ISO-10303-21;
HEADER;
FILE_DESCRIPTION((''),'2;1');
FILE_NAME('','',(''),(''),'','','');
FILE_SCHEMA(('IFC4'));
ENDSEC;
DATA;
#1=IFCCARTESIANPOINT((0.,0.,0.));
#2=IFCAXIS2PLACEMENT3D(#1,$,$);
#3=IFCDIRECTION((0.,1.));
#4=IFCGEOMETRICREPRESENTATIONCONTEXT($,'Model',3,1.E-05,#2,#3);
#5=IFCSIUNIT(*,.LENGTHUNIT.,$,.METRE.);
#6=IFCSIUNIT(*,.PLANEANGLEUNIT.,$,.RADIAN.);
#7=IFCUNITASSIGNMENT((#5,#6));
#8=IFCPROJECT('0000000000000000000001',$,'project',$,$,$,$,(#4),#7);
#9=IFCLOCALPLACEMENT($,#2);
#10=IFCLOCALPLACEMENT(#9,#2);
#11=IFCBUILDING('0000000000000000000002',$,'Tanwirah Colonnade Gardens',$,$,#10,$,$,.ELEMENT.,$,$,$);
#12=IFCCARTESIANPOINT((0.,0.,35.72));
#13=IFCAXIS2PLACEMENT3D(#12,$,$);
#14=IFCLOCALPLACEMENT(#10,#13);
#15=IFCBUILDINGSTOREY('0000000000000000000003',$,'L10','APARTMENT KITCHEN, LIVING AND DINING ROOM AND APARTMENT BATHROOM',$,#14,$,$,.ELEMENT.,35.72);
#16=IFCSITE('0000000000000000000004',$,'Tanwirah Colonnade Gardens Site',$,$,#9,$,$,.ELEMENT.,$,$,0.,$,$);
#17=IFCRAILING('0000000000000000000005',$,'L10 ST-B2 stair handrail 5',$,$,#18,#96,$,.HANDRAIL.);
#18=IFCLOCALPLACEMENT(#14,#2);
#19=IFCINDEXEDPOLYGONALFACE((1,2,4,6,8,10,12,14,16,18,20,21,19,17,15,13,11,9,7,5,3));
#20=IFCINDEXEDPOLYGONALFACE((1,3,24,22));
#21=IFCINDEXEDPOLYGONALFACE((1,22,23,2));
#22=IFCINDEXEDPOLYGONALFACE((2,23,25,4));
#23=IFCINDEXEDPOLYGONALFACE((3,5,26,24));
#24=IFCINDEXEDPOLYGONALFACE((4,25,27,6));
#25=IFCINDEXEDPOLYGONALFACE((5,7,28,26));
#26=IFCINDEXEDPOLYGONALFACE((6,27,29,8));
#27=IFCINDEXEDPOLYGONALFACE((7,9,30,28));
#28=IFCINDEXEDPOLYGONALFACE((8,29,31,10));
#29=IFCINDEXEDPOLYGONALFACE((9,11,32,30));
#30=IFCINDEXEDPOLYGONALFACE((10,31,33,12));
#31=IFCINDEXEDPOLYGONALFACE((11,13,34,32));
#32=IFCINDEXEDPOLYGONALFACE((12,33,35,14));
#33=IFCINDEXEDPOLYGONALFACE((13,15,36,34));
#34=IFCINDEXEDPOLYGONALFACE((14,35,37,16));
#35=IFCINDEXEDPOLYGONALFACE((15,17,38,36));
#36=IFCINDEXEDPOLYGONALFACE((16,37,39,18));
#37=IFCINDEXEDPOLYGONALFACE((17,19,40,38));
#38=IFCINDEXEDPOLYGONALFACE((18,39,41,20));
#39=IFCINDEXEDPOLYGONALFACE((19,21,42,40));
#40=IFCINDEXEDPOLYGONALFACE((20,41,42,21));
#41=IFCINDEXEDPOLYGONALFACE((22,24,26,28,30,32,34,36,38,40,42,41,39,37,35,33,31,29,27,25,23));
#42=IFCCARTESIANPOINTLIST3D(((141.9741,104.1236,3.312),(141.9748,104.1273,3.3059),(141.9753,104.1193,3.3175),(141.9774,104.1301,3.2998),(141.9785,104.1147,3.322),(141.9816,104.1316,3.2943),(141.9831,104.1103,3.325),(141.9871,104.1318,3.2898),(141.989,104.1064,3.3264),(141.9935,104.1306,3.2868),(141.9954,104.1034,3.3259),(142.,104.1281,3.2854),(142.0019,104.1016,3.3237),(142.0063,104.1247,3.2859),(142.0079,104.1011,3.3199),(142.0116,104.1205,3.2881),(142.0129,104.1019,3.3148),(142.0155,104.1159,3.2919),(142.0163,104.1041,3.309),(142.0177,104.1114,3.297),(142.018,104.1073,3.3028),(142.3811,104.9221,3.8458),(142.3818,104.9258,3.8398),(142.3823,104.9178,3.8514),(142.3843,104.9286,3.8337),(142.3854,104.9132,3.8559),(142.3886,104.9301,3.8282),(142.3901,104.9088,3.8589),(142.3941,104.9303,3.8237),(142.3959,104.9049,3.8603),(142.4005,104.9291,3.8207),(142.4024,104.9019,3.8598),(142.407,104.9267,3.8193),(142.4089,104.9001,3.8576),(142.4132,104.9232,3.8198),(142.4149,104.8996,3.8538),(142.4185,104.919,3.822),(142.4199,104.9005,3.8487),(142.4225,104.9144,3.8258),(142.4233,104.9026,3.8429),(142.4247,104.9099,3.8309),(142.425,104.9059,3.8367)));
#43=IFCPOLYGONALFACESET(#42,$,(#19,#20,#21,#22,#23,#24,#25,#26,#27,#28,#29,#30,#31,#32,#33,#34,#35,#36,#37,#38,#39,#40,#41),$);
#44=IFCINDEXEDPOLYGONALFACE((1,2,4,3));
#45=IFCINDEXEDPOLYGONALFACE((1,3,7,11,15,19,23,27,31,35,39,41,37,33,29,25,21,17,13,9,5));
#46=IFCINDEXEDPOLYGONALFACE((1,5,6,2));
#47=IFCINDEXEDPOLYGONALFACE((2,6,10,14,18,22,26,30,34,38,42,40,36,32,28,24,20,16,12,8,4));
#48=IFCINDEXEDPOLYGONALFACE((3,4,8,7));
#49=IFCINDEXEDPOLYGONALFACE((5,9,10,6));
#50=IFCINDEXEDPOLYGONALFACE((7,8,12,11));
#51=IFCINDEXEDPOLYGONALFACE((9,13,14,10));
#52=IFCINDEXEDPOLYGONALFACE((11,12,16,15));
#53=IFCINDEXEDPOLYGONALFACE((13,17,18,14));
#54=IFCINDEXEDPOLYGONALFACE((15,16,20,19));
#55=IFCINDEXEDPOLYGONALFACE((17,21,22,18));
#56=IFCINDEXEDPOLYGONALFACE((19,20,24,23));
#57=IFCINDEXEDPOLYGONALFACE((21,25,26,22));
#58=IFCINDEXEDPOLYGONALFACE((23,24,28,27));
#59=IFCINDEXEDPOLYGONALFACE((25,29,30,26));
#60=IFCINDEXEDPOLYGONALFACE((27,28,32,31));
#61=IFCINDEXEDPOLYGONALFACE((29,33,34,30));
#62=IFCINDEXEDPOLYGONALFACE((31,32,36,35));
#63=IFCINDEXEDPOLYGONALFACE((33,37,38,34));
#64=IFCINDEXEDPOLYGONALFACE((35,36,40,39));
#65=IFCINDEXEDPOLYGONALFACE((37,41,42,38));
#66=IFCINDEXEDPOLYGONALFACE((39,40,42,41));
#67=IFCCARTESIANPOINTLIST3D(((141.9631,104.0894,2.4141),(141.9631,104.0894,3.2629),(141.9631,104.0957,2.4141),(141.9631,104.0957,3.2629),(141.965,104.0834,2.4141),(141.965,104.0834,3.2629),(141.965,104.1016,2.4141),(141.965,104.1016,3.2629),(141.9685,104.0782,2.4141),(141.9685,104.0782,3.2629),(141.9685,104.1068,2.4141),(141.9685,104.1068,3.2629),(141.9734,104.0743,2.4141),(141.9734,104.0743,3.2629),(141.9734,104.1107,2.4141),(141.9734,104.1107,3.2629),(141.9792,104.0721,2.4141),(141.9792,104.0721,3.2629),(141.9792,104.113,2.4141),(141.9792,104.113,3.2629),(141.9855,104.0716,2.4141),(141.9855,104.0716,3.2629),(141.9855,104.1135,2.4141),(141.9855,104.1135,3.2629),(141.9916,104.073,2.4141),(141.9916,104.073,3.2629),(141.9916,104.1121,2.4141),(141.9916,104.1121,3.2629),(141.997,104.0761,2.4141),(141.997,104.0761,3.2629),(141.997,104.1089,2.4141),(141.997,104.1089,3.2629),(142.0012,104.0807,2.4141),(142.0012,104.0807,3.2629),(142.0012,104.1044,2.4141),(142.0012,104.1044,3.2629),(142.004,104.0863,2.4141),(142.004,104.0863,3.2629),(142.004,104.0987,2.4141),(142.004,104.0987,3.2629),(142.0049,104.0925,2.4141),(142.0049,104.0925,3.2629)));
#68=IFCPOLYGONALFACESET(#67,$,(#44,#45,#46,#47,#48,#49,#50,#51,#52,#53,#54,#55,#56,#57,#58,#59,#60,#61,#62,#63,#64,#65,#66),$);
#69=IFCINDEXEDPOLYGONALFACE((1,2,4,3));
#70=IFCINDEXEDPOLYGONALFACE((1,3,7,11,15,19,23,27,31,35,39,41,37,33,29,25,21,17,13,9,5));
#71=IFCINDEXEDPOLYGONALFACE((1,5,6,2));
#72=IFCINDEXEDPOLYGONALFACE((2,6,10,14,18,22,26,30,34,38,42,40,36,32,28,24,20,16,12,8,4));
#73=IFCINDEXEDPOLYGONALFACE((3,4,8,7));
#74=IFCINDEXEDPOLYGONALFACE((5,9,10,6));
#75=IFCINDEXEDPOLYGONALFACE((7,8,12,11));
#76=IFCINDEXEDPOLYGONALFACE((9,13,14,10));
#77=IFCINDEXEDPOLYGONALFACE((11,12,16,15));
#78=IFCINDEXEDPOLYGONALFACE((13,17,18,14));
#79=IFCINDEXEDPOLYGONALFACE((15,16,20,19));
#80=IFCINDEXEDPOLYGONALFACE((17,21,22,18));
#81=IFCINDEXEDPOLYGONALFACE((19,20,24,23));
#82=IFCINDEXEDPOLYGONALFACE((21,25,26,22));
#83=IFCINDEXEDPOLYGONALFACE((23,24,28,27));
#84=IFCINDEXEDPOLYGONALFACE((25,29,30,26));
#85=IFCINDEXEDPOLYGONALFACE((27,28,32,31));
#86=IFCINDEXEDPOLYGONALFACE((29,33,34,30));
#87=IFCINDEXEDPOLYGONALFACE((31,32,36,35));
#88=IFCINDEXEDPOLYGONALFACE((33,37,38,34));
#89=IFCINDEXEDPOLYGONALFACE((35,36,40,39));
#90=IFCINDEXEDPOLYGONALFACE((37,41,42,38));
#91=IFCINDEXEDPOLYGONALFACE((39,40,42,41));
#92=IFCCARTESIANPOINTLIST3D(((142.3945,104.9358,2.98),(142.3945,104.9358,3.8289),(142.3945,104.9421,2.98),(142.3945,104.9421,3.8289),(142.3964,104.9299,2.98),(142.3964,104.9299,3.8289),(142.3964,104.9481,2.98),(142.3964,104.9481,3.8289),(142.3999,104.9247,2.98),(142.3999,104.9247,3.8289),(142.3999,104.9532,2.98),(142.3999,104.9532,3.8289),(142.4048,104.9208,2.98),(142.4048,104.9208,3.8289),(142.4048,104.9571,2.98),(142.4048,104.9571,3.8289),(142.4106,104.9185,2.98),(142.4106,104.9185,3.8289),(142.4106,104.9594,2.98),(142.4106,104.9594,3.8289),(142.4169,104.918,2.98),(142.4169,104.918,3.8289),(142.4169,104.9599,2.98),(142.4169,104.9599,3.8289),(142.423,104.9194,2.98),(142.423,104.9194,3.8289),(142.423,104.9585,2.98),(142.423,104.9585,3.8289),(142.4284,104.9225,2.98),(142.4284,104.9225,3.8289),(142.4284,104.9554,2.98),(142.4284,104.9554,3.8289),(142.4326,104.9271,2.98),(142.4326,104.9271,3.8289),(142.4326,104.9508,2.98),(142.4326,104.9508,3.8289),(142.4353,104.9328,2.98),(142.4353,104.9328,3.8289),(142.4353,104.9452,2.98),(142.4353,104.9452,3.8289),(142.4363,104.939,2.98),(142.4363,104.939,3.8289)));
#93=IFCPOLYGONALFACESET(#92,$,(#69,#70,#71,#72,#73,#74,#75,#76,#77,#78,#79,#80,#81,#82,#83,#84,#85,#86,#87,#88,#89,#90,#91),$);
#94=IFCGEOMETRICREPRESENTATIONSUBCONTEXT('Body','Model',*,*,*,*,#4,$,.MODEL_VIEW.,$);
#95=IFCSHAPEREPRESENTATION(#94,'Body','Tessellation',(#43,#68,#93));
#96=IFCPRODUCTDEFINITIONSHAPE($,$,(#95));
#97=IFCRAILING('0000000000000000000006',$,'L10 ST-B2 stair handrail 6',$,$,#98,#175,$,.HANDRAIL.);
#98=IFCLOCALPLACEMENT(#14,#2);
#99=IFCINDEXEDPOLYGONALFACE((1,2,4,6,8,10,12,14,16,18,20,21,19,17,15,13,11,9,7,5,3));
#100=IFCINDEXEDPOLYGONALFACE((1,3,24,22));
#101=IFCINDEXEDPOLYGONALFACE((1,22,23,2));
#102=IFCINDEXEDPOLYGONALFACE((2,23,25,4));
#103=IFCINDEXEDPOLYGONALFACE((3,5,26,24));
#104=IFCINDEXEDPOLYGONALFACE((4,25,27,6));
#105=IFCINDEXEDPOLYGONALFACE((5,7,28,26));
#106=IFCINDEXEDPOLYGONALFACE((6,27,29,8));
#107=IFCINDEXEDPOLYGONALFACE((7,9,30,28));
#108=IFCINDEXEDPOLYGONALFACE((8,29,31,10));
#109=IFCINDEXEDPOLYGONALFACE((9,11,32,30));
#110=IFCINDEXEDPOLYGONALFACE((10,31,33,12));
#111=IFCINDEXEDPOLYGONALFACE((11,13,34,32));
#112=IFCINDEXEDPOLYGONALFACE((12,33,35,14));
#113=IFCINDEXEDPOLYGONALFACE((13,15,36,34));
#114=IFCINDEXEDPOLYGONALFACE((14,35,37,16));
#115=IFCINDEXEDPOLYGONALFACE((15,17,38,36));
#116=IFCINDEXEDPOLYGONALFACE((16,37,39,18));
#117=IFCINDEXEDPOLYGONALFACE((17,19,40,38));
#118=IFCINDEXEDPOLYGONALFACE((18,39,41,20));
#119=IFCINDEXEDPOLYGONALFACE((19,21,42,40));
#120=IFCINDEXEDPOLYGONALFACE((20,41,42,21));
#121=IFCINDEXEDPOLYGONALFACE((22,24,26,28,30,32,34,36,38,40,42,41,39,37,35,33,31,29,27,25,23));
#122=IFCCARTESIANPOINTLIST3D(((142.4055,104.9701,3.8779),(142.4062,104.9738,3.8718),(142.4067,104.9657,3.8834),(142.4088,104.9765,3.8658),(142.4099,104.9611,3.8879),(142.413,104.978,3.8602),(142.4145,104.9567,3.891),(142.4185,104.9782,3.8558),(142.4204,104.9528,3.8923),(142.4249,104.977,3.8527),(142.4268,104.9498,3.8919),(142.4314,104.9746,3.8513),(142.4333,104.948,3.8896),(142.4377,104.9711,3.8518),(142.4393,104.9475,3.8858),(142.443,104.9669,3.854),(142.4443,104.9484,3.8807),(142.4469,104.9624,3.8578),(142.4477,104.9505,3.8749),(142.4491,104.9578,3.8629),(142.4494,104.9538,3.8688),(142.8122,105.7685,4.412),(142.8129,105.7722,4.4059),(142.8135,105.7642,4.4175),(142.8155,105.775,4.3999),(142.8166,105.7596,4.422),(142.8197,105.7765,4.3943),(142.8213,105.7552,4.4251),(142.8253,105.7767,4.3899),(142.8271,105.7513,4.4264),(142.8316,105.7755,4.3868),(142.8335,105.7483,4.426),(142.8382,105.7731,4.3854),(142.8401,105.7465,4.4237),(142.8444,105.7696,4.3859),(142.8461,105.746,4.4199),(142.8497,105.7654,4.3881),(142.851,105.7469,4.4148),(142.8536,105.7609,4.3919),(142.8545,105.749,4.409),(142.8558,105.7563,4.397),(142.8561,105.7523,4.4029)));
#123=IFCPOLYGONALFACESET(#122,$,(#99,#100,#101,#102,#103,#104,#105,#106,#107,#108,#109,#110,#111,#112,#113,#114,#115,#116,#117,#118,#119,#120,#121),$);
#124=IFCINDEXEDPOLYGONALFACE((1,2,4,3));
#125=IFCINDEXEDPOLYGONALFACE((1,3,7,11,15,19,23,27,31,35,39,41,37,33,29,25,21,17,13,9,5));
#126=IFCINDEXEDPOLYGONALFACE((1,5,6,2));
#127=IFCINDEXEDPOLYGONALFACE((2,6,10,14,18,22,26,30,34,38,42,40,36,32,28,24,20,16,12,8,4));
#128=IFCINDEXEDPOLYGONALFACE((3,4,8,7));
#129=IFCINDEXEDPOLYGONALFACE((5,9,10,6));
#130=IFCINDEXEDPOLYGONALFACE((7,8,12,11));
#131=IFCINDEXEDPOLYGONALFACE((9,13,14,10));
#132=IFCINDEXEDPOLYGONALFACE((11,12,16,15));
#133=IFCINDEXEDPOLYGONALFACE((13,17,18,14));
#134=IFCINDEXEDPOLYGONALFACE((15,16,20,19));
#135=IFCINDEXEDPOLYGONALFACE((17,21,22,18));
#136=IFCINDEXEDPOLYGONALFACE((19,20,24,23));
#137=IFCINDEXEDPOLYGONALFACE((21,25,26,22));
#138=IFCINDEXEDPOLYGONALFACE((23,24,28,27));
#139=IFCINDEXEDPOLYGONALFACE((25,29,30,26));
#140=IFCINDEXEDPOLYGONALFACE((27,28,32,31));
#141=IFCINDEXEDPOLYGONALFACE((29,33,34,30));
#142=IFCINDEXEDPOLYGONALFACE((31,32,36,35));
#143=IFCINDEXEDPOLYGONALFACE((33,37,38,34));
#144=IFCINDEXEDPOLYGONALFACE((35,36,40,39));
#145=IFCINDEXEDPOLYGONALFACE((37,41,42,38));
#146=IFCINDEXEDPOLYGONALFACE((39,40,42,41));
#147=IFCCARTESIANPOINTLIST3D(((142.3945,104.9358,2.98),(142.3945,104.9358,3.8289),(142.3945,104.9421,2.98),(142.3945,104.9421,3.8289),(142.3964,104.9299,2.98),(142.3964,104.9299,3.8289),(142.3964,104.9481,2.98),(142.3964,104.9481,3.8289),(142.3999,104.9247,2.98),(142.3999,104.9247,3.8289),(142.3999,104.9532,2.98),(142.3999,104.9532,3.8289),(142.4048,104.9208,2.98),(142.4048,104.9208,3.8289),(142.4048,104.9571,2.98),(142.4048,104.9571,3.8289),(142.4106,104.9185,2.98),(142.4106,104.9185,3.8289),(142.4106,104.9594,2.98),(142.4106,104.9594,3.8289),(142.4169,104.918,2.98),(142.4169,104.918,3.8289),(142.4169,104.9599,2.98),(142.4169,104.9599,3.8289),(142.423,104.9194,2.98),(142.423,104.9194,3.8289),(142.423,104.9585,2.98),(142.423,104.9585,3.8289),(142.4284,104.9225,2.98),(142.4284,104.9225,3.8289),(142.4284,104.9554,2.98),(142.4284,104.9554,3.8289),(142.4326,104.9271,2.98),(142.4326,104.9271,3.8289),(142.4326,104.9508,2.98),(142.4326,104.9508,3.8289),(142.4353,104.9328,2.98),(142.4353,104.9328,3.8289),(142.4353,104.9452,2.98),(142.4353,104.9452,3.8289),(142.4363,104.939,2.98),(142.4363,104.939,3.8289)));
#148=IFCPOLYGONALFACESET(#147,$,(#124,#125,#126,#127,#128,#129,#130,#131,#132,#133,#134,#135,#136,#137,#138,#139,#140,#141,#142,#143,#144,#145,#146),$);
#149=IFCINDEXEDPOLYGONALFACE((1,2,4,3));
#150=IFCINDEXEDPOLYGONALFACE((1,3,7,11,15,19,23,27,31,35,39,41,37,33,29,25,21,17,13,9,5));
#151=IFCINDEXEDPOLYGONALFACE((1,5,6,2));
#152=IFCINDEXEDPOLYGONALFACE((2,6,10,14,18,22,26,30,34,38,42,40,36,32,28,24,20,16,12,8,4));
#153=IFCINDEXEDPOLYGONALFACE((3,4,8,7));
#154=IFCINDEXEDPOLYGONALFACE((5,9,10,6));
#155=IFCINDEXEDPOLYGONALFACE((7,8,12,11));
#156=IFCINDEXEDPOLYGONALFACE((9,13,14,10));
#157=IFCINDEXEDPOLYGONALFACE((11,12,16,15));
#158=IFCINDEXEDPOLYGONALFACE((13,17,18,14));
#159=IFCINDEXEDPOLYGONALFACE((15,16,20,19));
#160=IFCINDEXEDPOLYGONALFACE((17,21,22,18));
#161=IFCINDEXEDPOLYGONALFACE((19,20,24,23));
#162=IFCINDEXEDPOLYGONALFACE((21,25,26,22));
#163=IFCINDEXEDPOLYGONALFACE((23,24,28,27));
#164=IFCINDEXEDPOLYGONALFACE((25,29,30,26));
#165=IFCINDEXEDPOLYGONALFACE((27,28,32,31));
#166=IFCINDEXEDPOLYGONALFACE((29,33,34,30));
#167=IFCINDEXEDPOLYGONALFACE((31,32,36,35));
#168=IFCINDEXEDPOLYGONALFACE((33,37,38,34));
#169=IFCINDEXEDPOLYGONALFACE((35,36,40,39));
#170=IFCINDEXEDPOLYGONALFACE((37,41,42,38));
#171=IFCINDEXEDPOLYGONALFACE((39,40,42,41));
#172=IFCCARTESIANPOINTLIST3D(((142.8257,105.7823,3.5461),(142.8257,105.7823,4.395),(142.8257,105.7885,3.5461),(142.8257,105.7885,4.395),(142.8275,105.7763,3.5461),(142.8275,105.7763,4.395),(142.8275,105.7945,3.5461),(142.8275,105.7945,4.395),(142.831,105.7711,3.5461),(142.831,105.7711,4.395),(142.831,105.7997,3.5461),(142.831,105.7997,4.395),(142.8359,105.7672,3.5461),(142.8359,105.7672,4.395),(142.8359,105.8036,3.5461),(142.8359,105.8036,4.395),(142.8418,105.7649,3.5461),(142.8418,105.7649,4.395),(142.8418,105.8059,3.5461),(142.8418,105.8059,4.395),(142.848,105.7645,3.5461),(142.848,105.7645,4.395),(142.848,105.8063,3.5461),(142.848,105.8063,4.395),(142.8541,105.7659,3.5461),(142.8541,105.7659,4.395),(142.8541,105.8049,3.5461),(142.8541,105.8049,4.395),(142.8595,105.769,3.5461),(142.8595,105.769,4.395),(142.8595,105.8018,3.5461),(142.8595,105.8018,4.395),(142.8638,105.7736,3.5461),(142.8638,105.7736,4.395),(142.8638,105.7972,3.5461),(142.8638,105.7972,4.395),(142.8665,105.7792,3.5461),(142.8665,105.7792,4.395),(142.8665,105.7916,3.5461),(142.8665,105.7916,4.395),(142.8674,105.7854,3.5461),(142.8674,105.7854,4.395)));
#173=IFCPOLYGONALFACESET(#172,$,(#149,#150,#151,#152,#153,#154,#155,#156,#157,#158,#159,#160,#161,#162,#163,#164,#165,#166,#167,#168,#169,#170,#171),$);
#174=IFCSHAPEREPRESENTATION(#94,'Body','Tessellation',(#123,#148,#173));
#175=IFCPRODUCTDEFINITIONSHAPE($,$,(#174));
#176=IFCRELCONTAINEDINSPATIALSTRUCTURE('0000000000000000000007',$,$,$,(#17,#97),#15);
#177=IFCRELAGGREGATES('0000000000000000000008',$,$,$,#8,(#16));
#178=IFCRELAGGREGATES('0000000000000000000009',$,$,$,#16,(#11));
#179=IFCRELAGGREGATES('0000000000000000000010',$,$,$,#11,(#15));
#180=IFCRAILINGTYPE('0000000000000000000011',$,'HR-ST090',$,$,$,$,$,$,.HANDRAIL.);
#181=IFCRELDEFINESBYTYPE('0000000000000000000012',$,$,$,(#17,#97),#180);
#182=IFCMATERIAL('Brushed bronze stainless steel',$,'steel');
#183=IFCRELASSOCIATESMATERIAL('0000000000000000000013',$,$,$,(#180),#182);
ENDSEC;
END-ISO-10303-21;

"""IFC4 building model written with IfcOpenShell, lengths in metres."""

from ifc_helpers import new_model, si_unit, direction, frame, origin, origin_2d, place, context, subcontext, project, spatial, circle, extrude, material, type_object, element, save


model = new_model("IFC4")

# Units and contexts
model_context = context("Model", 3, precision=1e-05, world=origin(), true_north=direction((0.0, 1.0)))
body_context = subcontext(model_context, "Body", "Model", "MODEL_VIEW")
ifc_project = project(units=[si_unit("LENGTHUNIT", "METRE"), si_unit("PLANEANGLEUNIT", "RADIAN")], contexts=[model_context])

# Site, building, storey
site_placement = place(None, origin())
site = spatial("IfcSite", under=ifc_project, at=site_placement, Name="Tanwirah Colonnade Gardens Site", CompositionType="ELEMENT", RefElevation=0.0)
building_placement = place(site_placement, origin())
building = spatial("IfcBuilding", under=site, at=building_placement, Name="Tanwirah Colonnade Gardens", CompositionType="ELEMENT")
storey_placement = place(building_placement, frame((0.0, 0.0, 35.72)))
storey = spatial("IfcBuildingStorey", under=building, at=storey_placement, Name="L10", Description="APARTMENT KITCHEN, LIVING AND DINING ROOM AND APARTMENT BATHROOM", CompositionType="ELEMENT", Elevation=35.72)

# Railings
ifc_material_1 = material(Name="Brushed bronze stainless steel", Category="steel")
railing_type_1 = type_object("IfcRailingType", Name="HR-ST090", PredefinedType="HANDRAIL", material=ifc_material_1)
for number, where, name in (
    (1, (141.9839, 104.0925, 2.4141), "L10 ST-B2 stair handrail 5"),
):
    element("IfcRailing", number, at=place(storey_placement, frame(where)), inside=storey, type_object=railing_type_1, Name=name, PredefinedType="HANDRAIL", context=body_context, shape_type="SweptSolid", body=[
        extrude(circle(Radius=0.0239, at=origin_2d()), frame((0.0122, 0.0239, 0.8918), z_axis=(0.390118, 0.765443, 0.511767), x_axis=(-0.890957, 0.454087, 0.0)), (0.0, 0.0, 1.0), 1.0432),
        extrude(circle(Radius=0.021, at=origin_2d()), origin(), (0.0, 0.0, 1.0), 0.8489),
        extrude(circle(Radius=0.021, at=origin_2d()), frame((0.4314, 0.8464, 0.5659)), (0.0, 0.0, 1.0), 0.8489),
    ])
railing_1_placement = place(storey_placement, frame((142.4153, 104.939, 2.98)))
element("IfcRailing", 2, at=railing_1_placement, inside=storey, type_object=railing_type_1, Name="L10 ST-B2 stair handrail 6", PredefinedType="HANDRAIL", context=body_context, shape_type="SweptSolid", body=[
    extrude(circle(Radius=0.0239, at=origin_2d()), frame((0.0122, 0.0239, 0.8918), z_axis=(0.389886, 0.765422, 0.511974), x_axis=(-0.891061, 0.453883, 0.0)), (0.0, 0.0, 1.0), 1.0432),
    extrude(circle(Radius=0.021, at=origin_2d()), origin(), (0.0, 0.0, 1.0), 0.8489),
    extrude(circle(Radius=0.021, at=origin_2d()), frame((0.4312, 0.8464, 0.5662)), (0.0, 0.0, 1.0), 0.8489),
])

save(model, "model.ifc")
